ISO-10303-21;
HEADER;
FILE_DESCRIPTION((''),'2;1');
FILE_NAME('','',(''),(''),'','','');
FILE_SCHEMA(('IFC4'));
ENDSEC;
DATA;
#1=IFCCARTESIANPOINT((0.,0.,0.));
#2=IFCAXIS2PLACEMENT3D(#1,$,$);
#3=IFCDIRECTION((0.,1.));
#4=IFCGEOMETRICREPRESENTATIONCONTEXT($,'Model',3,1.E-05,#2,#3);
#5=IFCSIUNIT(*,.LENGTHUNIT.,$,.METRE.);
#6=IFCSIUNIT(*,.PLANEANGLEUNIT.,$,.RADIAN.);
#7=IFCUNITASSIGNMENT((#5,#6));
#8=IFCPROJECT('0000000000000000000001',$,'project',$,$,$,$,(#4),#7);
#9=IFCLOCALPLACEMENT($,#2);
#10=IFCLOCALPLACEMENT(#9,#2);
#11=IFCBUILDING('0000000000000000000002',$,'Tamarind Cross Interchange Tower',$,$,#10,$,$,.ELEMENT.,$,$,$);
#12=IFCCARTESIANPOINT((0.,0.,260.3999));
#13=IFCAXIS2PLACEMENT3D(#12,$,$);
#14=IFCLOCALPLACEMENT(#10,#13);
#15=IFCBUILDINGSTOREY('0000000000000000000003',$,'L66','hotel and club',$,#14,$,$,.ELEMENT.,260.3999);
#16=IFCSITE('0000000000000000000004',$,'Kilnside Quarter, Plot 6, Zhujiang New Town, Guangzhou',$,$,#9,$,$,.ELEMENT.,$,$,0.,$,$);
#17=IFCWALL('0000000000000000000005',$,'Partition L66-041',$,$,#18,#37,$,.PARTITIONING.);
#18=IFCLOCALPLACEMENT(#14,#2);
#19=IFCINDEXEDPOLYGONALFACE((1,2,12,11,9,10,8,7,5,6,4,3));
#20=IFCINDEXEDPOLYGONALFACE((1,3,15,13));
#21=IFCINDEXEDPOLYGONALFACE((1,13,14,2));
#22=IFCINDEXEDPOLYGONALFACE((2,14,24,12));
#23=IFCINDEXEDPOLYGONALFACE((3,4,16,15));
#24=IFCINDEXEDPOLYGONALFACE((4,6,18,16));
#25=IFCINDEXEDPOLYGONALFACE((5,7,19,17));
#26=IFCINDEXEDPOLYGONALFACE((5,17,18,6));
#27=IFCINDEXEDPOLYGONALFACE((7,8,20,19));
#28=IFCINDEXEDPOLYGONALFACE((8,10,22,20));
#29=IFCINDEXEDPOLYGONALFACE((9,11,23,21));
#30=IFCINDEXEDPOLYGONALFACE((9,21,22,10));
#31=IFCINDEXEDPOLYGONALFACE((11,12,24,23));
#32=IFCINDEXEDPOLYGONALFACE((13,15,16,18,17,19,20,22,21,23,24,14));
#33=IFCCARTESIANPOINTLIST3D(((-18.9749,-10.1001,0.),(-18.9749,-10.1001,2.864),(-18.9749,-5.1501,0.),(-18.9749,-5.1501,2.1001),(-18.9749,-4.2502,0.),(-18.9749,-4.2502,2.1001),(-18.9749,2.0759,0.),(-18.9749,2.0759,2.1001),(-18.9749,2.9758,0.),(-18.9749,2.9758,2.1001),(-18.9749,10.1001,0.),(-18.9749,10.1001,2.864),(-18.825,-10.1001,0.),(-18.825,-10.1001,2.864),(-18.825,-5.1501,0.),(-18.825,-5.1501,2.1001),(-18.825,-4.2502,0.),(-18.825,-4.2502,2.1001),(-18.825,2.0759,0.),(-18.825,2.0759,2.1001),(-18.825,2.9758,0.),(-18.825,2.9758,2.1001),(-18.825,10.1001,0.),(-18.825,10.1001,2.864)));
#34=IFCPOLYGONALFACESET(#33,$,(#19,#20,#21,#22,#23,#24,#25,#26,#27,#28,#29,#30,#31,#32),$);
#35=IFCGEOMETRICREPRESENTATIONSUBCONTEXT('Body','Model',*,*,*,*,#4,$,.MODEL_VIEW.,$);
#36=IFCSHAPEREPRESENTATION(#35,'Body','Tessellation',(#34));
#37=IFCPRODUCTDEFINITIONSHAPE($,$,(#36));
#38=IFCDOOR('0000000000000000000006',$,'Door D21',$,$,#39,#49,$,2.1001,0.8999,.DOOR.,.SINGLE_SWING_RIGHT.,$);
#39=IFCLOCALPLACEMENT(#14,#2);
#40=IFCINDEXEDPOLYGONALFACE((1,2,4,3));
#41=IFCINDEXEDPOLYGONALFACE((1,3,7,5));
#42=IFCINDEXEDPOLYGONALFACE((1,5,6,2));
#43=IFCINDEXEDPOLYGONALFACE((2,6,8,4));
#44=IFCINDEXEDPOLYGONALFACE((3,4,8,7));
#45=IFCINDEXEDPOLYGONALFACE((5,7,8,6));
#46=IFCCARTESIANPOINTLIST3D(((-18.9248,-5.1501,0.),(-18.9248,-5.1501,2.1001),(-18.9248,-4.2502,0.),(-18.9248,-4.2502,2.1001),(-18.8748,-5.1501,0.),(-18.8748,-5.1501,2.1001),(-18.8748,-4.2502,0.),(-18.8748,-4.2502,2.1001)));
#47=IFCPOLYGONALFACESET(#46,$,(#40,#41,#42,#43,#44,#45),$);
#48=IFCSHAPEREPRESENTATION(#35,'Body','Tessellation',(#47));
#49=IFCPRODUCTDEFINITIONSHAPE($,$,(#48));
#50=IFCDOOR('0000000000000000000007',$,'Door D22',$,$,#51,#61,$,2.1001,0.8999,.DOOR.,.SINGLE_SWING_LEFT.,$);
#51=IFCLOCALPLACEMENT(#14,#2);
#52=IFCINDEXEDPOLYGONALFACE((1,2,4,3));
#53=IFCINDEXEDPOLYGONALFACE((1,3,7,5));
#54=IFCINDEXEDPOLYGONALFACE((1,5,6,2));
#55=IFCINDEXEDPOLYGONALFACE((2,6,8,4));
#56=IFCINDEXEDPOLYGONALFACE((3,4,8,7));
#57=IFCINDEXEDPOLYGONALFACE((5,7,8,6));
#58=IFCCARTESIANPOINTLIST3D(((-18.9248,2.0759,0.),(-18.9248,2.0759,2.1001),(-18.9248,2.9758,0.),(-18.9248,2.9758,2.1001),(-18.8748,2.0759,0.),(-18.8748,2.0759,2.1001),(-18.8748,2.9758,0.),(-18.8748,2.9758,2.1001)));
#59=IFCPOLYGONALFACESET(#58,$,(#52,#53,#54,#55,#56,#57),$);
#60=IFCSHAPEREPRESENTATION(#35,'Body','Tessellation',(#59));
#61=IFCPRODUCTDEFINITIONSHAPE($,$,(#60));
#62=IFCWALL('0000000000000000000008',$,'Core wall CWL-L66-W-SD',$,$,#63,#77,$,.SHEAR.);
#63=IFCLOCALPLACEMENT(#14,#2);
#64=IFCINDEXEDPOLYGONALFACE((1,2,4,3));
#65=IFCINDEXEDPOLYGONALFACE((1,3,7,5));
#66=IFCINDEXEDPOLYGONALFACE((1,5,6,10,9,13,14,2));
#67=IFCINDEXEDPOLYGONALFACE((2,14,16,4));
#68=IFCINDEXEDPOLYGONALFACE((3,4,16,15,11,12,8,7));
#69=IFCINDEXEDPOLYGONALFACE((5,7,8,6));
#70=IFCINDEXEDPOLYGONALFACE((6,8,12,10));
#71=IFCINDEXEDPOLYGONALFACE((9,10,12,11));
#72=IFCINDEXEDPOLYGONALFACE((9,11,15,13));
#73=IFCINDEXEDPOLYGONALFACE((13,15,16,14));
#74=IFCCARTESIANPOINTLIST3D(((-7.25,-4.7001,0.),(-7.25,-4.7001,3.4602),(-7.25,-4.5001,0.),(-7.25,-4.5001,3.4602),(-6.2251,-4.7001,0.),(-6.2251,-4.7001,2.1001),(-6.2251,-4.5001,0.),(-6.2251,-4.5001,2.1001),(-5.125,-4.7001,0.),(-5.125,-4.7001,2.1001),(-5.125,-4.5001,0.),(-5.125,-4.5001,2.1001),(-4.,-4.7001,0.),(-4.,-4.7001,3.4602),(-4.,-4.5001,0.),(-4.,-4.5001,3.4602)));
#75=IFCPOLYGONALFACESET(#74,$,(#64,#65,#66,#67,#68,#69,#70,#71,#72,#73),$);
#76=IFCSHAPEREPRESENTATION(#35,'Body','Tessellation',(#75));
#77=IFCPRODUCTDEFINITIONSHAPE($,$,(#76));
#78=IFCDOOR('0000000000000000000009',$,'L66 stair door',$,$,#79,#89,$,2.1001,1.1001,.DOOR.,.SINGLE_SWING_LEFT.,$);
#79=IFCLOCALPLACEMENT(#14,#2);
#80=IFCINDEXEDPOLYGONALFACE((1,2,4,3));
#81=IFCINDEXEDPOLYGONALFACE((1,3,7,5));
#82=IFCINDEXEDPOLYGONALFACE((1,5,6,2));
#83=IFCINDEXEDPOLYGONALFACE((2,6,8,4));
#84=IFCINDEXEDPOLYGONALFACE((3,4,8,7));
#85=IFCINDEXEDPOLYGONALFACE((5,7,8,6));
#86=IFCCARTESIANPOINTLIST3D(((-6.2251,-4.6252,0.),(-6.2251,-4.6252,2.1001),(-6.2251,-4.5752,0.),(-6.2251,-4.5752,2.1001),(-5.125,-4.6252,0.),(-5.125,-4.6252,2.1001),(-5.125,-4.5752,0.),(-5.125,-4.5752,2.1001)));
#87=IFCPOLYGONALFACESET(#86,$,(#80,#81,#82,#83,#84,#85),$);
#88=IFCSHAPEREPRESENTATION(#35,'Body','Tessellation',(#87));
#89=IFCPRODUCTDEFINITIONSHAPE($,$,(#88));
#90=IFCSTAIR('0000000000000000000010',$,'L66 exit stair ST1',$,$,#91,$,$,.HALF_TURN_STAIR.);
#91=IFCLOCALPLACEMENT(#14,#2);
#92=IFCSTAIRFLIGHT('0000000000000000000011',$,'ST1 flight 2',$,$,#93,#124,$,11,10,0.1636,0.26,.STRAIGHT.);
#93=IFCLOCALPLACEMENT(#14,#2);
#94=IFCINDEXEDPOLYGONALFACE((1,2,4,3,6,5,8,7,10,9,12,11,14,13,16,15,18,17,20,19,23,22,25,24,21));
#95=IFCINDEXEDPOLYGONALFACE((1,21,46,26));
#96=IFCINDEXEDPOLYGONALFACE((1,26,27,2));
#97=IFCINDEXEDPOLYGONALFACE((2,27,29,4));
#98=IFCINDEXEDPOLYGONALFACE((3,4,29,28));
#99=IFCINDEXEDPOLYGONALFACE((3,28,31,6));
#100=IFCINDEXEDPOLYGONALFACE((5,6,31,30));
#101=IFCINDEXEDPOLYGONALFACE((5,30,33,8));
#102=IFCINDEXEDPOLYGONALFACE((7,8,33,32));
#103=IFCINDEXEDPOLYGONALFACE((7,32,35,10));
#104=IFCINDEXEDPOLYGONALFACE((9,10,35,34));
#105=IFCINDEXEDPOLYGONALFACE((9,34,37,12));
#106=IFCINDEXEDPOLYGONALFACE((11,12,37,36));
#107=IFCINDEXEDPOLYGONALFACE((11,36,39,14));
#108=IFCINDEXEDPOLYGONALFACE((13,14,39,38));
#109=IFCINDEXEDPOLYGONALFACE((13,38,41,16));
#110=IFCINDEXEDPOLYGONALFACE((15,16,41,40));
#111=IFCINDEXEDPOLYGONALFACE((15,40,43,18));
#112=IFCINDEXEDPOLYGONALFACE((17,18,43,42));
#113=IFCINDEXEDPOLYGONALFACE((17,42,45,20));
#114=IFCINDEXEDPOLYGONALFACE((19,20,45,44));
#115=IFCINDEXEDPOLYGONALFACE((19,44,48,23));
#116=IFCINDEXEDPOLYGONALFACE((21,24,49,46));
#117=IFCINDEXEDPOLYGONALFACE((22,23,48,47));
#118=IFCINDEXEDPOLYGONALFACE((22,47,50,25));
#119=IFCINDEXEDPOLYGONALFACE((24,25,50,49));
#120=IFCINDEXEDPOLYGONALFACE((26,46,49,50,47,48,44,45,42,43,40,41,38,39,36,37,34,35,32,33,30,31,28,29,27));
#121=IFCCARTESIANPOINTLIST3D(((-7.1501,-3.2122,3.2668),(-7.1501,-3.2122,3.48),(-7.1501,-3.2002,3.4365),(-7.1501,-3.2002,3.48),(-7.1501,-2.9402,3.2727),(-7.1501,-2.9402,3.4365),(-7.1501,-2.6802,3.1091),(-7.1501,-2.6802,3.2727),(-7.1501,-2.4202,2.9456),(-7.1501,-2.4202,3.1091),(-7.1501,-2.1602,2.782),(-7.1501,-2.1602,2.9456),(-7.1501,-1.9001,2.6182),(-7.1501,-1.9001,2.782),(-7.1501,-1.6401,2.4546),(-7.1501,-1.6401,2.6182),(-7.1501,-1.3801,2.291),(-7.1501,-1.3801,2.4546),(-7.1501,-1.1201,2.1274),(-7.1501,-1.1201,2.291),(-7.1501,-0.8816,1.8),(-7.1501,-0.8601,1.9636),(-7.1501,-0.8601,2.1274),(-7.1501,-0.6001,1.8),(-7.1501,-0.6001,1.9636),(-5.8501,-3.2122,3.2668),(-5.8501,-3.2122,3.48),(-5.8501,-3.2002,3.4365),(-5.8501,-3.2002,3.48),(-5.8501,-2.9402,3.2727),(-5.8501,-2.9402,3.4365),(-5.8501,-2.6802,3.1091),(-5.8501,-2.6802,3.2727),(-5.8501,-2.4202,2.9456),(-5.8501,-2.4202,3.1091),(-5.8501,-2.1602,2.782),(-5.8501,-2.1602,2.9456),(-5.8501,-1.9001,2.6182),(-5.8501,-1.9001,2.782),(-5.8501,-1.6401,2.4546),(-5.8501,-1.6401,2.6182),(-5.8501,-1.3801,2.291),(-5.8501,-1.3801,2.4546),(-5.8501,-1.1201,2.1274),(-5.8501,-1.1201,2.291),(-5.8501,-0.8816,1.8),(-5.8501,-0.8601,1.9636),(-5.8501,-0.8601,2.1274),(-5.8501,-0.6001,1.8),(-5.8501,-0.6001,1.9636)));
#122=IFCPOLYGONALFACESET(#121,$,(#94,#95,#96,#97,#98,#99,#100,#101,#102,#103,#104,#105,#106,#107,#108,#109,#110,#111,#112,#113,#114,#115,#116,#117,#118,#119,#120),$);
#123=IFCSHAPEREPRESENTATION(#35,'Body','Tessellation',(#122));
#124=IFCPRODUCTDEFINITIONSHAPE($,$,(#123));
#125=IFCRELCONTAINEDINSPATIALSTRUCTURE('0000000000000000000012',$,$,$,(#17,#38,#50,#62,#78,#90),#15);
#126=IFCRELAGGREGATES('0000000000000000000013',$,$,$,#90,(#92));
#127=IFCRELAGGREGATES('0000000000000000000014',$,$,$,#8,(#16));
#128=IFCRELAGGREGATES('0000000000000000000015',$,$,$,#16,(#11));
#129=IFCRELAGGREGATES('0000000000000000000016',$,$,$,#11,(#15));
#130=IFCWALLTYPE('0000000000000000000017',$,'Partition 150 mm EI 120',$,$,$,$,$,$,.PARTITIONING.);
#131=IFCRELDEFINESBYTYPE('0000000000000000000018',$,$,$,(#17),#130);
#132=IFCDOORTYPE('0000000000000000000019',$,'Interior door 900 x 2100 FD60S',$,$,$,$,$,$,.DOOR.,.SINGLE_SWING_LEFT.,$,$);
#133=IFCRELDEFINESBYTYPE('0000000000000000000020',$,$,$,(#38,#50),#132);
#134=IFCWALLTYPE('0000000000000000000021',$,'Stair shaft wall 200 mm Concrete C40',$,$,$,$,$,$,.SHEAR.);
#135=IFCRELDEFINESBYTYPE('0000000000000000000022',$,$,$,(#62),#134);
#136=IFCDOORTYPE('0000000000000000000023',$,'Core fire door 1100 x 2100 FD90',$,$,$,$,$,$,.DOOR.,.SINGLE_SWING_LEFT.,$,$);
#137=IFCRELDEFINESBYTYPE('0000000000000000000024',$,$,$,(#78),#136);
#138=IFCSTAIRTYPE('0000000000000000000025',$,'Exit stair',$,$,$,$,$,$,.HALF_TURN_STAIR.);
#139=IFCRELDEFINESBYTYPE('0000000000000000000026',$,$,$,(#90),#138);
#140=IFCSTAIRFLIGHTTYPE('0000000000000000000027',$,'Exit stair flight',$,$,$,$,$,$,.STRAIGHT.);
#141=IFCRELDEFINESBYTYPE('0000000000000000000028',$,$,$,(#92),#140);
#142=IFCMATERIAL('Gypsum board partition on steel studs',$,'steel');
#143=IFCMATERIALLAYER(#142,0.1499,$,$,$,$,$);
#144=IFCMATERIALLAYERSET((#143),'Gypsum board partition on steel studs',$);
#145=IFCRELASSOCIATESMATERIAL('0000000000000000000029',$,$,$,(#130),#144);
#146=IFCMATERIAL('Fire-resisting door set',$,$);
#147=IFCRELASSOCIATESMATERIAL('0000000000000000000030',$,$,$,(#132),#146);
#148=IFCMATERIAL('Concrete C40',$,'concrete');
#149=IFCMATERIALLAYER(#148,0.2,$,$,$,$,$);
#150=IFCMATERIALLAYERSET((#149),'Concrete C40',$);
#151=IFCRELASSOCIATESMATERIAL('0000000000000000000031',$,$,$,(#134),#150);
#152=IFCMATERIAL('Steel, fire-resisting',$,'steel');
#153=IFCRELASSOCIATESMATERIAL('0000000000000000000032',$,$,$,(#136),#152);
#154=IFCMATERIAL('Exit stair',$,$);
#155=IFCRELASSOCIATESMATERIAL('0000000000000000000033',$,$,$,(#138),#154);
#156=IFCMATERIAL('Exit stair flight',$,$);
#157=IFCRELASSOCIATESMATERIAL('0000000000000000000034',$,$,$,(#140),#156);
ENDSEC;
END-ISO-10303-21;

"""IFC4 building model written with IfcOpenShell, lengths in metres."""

from ifc_helpers import new_model, si_unit, direction, frame, frame_2d, origin, place, context, subcontext, project, spatial, polyline, rectangle, outline, extrude, material, layer, layer_set, type_object, element, fill, aggregate, save


model = new_model("IFC4")

# Units and contexts
model_context = context("Model", 3, precision=1e-05, world=origin(), true_north=direction((0.0, 1.0)))
body_context = subcontext(model_context, "Body", "Model", "MODEL_VIEW")
ifc_project = project(units=[si_unit("LENGTHUNIT", "METRE"), si_unit("PLANEANGLEUNIT", "RADIAN")], contexts=[model_context])

# Site, building, storey
site_placement = place(None, origin())
site = spatial("IfcSite", under=ifc_project, at=site_placement, Name="Kilnside Quarter, Plot 6, Zhujiang New Town, Guangzhou", CompositionType="ELEMENT", RefElevation=0.0)
building_placement = place(site_placement, origin())
building = spatial("IfcBuilding", under=site, at=building_placement, Name="Tamarind Cross Interchange Tower", CompositionType="ELEMENT")
storey_placement = place(building_placement, frame((0.0, 0.0, 260.3999)))
storey = spatial("IfcBuildingStorey", under=building, at=storey_placement, Name="L66", Description="hotel and club", CompositionType="ELEMENT", Elevation=260.3999)

# Shared definitions
ifc_material_1 = material(Name="Steel, fire-resisting", Category="steel")

# Shared definitions
ifc_material_2 = material(Name="Gypsum board partition on steel studs", Category="steel")
ifc_layer_1 = layer(ifc_material_2, 0.1499)
ifc_layer_set_1 = layer_set([ifc_layer_1], Name="Gypsum board partition on steel studs")
wall_type_1 = type_object("IfcWallType", Name="Partition 150 mm EI 120", PredefinedType="PARTITIONING", material=ifc_layer_set_1)

# Wall, openings, doors
wall_1_placement = place(storey_placement, frame((-18.8999, -10.1001, 0.0), z_axis=(0.0, 0.0, 1.0), x_axis=(0.0, 1.0, 0.0)))
wall_1 = element("IfcWall", 1, at=wall_1_placement, inside=storey, type_object=wall_type_1, Name="Partition L66-041", PredefinedType="PARTITIONING", context=body_context, shape_type="SweptSolid", body=[
    extrude(rectangle(XDim=20.2002, YDim=0.1499, at=frame_2d((10.1001, 0.0))), origin(), (0.0, 0.0, 1.0), 2.864),
])
opening_1_placement = place(wall_1_placement, frame((4.95, 0.0, 0.0)))
opening_1 = element("IfcOpeningElement", 2, at=opening_1_placement, cuts=wall_1, PredefinedType="OPENING", context=body_context, shape_type="SweptSolid", body=[
    extrude(rectangle(XDim=0.8999, YDim=2.1001, at=frame_2d((0.45, 1.05))), frame((0.0, 0.085, 0.0), z_axis=(0.0, -1.0, 0.0), x_axis=(1.0, 0.0, 0.0)), (0.0, 0.0, 1.0), 0.1699),
])
opening_2_placement = place(wall_1_placement, frame((12.176, 0.0, 0.0)))
opening_2 = element("IfcOpeningElement", 3, at=opening_2_placement, cuts=wall_1, PredefinedType="OPENING", context=body_context, shape_type="SweptSolid", body=[
    extrude(rectangle(XDim=0.8999, YDim=2.1001, at=frame_2d((0.45, 1.05))), frame((0.0, 0.085, 0.0), z_axis=(0.0, -1.0, 0.0), x_axis=(1.0, 0.0, 0.0)), (0.0, 0.0, 1.0), 0.1699),
])
ifc_material_3 = material(Name="Fire-resisting door set")
door_type_1 = type_object("IfcDoorType", Name="Interior door 900 x 2100 FD60S", OperationType="SINGLE_SWING_LEFT", PredefinedType="DOOR", material=ifc_material_3)
door_1_placement = place(opening_1_placement, origin())
door_1 = element("IfcDoor", 4, at=door_1_placement, inside=storey, type_object=door_type_1, Name="Door D21", OperationType="SINGLE_SWING_RIGHT", OverallHeight=2.1001, OverallWidth=0.8999, PredefinedType="DOOR", context=body_context, shape_type="SweptSolid", body=[
    extrude(rectangle(XDim=0.8999, YDim=2.1001, at=frame_2d((0.45, 1.05))), frame((0.0, 0.0249, 0.0), z_axis=(0.0, -1.0, 0.0), x_axis=(1.0, 0.0, 0.0)), (0.0, 0.0, 1.0), 0.05),
])
fill(opening_1, door_1)
door_2_placement = place(opening_2_placement, origin())
door_2 = element("IfcDoor", 5, at=door_2_placement, inside=storey, type_object=door_type_1, Name="Door D22", OperationType="SINGLE_SWING_LEFT", OverallHeight=2.1001, OverallWidth=0.8999, PredefinedType="DOOR", context=body_context, shape_type="SweptSolid", body=[
    extrude(rectangle(XDim=0.8999, YDim=2.1001, at=frame_2d((0.45, 1.05))), frame((0.0, 0.0249, 0.0), z_axis=(0.0, -1.0, 0.0), x_axis=(1.0, 0.0, 0.0)), (0.0, 0.0, 1.0), 0.05),
])
fill(opening_2, door_2)

# Wall, opening, door
ifc_material_4 = material(Name="Concrete C40", Category="concrete")
ifc_layer_2 = layer(ifc_material_4, 0.2)
ifc_layer_set_2 = layer_set([ifc_layer_2], Name="Concrete C40")
wall_type_2 = type_object("IfcWallType", Name="Stair shaft wall 200 mm Concrete C40", PredefinedType="SHEAR", material=ifc_layer_set_2)
wall_2_placement = place(storey_placement, frame((-7.25, -4.6001, 0.0), z_axis=(0.0, 0.0, 1.0), x_axis=(1.0, 0.0, 0.0)))
wall_2 = element("IfcWall", 6, at=wall_2_placement, inside=storey, type_object=wall_type_2, Name="Core wall CWL-L66-W-SD", PredefinedType="SHEAR", context=body_context, shape_type="SweptSolid", body=[
    extrude(rectangle(XDim=3.25, YDim=0.2, at=frame_2d((1.625, 0.0))), origin(), (0.0, 0.0, 1.0), 3.4602),
])
opening_3_placement = place(wall_2_placement, frame((1.0249, 0.0, 0.0)))
opening_3 = element("IfcOpeningElement", 7, at=opening_3_placement, cuts=wall_2, PredefinedType="OPENING", context=body_context, shape_type="SweptSolid", body=[
    extrude(rectangle(XDim=1.1001, YDim=2.1001, at=frame_2d((0.55, 1.05))), frame((0.0, 0.1099, 0.0), z_axis=(0.0, -1.0, 0.0), x_axis=(1.0, 0.0, 0.0)), (0.0, 0.0, 1.0), 0.22),
])
door_type_2 = type_object("IfcDoorType", Name="Core fire door 1100 x 2100 FD90", OperationType="SINGLE_SWING_LEFT", PredefinedType="DOOR", material=ifc_material_1)
door_3_placement = place(opening_3_placement, origin())
door_3 = element("IfcDoor", 8, at=door_3_placement, inside=storey, type_object=door_type_2, Name="L66 stair door", OperationType="SINGLE_SWING_LEFT", OverallHeight=2.1001, OverallWidth=1.1001, PredefinedType="DOOR", context=body_context, shape_type="SweptSolid", body=[
    extrude(rectangle(XDim=1.1001, YDim=2.1001, at=frame_2d((0.55, 1.05))), frame((0.0, 0.0249, 0.0), z_axis=(0.0, -1.0, 0.0), x_axis=(1.0, 0.0, 0.0)), (0.0, 0.0, 1.0), 0.05),
])
fill(opening_3, door_3)

# Stair, stair flight
ifc_material_5 = material(Name="Exit stair")
stair_type = type_object("IfcStairType", Name="Exit stair", PredefinedType="HALF_TURN_STAIR", material=ifc_material_5)
stair_placement = place(storey_placement, origin())
stair = element("IfcStair", 9, at=stair_placement, inside=storey, type_object=stair_type, Name="L66 exit stair ST1", PredefinedType="HALF_TURN_STAIR")
ifc_material_6 = material(Name="Exit stair flight")
stair_flight_type = type_object("IfcStairFlightType", Name="Exit stair flight", PredefinedType="STRAIGHT", material=ifc_material_6)
stair_flight_placement = place(storey_placement, frame((-6.5, -0.6001, 1.8), z_axis=(0.0, 0.0, 1.0), x_axis=(0.0, -1.0, 0.0)))
stair_flight = element("IfcStairFlight", 10, at=stair_flight_placement, type_object=stair_flight_type, Name="ST1 flight 2", NumberOfRisers=11, NumberOfTreads=10, PredefinedType="STRAIGHT", RiserHeight=0.1636, TreadLength=0.26, context=body_context, shape_type="SweptSolid", body=[
    extrude(outline(polyline([(0.0, 0.0), (0.0, 0.1636), (0.26, 0.1636), (0.26, 0.3274), (0.52, 0.3274), (0.52, 0.491), (0.78, 0.491), (0.78, 0.6545), (1.04, 0.6545), (1.04, 0.8181), (1.3, 0.8181), (1.3, 0.9819), (1.5601, 0.9819), (1.5601, 1.1455), (1.8201, 1.1455), (1.8201, 1.3091), (2.0801, 1.3091), (2.0801, 1.4727), (2.3401, 1.4727), (2.3401, 1.6365), (2.6001, 1.6365), (2.6001, 1.6799), (2.6121, 1.6799), (2.6121, 1.4668), (0.2815, 0.0), (0.0, 0.0)])), frame((0.0, 0.6499, 0.0), z_axis=(0.0, -1.0, 0.0), x_axis=(1.0, 0.0, 0.0)), (0.0, 0.0, 1.0), 1.3),
])
aggregate(stair, [stair_flight])

save(model, "model.ifc")
